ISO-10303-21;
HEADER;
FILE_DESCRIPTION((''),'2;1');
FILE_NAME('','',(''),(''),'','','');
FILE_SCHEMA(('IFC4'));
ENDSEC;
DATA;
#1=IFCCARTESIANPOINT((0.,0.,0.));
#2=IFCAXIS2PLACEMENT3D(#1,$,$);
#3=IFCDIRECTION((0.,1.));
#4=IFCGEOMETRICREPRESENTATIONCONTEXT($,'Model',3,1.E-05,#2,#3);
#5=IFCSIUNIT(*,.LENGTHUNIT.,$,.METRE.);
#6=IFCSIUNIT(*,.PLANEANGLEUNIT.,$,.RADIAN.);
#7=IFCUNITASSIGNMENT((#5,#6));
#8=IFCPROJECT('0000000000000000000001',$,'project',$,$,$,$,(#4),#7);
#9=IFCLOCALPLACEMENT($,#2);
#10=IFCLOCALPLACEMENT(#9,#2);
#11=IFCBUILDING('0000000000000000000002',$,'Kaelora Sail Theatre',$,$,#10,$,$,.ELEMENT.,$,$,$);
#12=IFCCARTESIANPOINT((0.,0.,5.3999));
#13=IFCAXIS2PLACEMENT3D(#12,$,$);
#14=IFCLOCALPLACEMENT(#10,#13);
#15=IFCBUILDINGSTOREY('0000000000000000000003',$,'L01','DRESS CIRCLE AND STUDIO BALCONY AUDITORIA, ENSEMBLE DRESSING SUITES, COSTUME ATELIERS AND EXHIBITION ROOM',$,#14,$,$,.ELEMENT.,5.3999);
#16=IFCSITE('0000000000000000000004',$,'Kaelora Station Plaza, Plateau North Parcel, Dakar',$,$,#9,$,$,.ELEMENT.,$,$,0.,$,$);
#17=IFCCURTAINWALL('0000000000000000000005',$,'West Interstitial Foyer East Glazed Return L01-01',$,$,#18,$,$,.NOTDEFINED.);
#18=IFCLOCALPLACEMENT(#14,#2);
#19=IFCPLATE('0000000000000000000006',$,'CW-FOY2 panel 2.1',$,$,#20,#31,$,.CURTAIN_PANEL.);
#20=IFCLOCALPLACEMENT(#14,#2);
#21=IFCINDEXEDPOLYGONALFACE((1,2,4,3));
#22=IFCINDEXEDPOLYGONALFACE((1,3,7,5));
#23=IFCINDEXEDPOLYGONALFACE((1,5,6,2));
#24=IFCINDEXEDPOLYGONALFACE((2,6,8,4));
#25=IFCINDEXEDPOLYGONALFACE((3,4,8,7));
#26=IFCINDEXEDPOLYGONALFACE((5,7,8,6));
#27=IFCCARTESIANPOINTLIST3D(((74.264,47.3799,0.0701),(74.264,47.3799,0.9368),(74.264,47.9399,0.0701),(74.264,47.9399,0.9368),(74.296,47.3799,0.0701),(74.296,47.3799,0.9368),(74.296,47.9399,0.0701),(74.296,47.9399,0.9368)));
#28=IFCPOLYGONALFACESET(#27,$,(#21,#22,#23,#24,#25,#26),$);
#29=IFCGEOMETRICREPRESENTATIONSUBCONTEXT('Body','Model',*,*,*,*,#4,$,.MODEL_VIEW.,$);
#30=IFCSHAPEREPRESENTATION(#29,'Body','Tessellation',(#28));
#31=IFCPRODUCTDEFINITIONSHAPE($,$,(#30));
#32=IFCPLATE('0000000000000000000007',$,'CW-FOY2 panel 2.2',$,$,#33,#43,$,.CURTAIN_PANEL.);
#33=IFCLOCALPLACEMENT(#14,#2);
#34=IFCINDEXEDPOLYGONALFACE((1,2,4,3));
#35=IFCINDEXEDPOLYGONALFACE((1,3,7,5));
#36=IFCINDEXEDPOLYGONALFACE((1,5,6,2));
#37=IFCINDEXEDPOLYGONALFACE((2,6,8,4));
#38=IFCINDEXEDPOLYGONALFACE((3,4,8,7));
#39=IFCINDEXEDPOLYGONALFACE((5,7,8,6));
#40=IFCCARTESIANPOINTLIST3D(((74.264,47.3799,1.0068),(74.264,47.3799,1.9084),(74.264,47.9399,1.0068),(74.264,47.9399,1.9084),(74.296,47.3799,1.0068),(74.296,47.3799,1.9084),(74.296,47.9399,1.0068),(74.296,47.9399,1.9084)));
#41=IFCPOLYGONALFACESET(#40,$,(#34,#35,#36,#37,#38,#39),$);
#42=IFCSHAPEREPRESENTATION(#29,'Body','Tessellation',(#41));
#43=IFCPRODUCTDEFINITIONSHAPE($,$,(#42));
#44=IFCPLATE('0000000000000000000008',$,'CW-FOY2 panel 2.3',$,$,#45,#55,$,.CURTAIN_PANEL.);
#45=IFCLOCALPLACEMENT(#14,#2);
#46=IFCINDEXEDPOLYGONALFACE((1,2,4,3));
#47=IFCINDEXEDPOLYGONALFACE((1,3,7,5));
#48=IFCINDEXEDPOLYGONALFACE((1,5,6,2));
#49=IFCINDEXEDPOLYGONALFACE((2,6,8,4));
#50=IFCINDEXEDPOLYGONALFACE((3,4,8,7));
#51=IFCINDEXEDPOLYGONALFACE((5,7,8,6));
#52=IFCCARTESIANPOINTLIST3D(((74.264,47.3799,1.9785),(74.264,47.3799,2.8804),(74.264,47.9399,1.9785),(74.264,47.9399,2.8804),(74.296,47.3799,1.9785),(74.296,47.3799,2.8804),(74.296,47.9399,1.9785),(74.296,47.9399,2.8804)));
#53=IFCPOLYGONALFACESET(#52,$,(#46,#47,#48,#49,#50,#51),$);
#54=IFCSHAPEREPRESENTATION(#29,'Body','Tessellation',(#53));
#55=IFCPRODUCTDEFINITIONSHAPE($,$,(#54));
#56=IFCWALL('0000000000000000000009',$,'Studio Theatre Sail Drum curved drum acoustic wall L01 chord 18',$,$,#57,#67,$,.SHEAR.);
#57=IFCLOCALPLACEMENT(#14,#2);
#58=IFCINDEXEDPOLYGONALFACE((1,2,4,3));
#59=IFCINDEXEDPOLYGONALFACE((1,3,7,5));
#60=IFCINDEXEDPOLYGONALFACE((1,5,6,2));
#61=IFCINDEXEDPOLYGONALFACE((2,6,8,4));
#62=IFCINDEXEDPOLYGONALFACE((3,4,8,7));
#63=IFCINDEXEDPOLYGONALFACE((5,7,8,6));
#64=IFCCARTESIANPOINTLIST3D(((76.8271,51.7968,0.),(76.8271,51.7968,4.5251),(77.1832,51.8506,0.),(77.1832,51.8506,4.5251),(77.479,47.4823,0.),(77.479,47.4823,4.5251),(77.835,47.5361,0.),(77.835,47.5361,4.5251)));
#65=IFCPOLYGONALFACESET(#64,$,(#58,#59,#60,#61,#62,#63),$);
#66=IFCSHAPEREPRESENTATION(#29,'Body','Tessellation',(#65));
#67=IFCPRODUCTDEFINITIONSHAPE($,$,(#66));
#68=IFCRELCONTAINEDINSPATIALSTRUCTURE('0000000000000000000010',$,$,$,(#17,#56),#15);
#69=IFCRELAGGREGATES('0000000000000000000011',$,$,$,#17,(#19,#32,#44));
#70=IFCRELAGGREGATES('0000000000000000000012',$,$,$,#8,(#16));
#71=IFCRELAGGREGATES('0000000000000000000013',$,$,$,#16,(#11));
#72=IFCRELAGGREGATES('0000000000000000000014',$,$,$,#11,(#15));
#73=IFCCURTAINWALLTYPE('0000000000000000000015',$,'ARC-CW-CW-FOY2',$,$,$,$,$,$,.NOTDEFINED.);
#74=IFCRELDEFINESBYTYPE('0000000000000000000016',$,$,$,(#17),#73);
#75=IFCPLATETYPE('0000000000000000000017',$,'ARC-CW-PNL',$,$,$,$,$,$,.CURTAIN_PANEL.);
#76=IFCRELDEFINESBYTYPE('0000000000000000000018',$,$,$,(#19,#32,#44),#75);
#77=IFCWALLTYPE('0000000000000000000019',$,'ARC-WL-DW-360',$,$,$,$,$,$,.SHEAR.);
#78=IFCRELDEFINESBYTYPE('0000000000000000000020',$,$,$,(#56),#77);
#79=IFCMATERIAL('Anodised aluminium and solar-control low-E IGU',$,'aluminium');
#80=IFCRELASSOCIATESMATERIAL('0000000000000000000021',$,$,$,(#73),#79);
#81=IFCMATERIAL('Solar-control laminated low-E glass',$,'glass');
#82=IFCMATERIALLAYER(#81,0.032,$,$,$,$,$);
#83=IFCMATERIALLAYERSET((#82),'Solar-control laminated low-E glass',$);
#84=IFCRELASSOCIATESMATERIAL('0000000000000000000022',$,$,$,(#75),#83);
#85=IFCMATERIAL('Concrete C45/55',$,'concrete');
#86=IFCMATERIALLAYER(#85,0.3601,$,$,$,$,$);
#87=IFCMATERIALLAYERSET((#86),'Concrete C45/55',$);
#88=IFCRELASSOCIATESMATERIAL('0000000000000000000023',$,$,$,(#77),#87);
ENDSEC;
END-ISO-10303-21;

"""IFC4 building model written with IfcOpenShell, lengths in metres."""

from ifc_helpers import new_model, si_unit, direction, frame, frame_2d, origin, origin_2d, place, context, subcontext, project, spatial, rectangle, extrude, material, layer, layer_set, type_object, element, aggregate, save


model = new_model("IFC4")

# Units and contexts
model_context = context("Model", 3, precision=1e-05, world=origin(), true_north=direction((0.0, 1.0)))
body_context = subcontext(model_context, "Body", "Model", "MODEL_VIEW")
ifc_project = project(units=[si_unit("LENGTHUNIT", "METRE"), si_unit("PLANEANGLEUNIT", "RADIAN")], contexts=[model_context])

# Site, building, storey
site_placement = place(None, origin())
site = spatial("IfcSite", under=ifc_project, at=site_placement, Name="Kaelora Station Plaza, Plateau North Parcel, Dakar", CompositionType="ELEMENT", RefElevation=0.0)
building_placement = place(site_placement, origin())
building = spatial("IfcBuilding", under=site, at=building_placement, Name="Kaelora Sail Theatre", CompositionType="ELEMENT")
storey_placement = place(building_placement, frame((0.0, 0.0, 5.3999)))
storey = spatial("IfcBuildingStorey", under=building, at=storey_placement, Name="L01", Description="DRESS CIRCLE AND STUDIO BALCONY AUDITORIA, ENSEMBLE DRESSING SUITES, COSTUME ATELIERS AND EXHIBITION ROOM", CompositionType="ELEMENT", Elevation=5.3999)

# Shared definitions
ifc_material_1 = material(Name="Anodised aluminium and solar-control low-E IGU", Category="aluminium")
curtain_wall_type = type_object("IfcCurtainWallType", Name="ARC-CW-CW-FOY2", PredefinedType="NOTDEFINED", material=ifc_material_1)

# Curtain wall
curtain_wall_1_placement = place(storey_placement, origin())
curtain_wall_1 = element("IfcCurtainWall", 1, at=curtain_wall_1_placement, inside=storey, type_object=curtain_wall_type, Name="West Interstitial Foyer East Glazed Return L01-01", PredefinedType="NOTDEFINED")

# Plates
ifc_material_2 = material(Name="Solar-control laminated low-E glass", Category="glass")
ifc_layer_1 = layer(ifc_material_2, 0.032)
ifc_layer_set_1 = layer_set([ifc_layer_1], Name="Solar-control laminated low-E glass")
plate_type = type_object("IfcPlateType", Name="ARC-CW-PNL", PredefinedType="CURTAIN_PANEL", material=ifc_layer_set_1)
plate_1_placement = place(storey_placement, frame((74.28, 47.6599, 0.0701), z_axis=(0.0, 0.0, 1.0), x_axis=(0.0, 1.0, 0.0)))
plate_1 = element("IfcPlate", 2, at=plate_1_placement, type_object=plate_type, Name="CW-FOY2 panel 2.1", PredefinedType="CURTAIN_PANEL", context=body_context, shape_type="SweptSolid", body=[
    extrude(rectangle(XDim=0.5601, YDim=0.032, at=origin_2d()), origin(), (0.0, 0.0, 1.0), 0.8667),
])
plate_2_placement = place(storey_placement, frame((74.28, 47.6599, 1.0068), z_axis=(0.0, 0.0, 1.0), x_axis=(0.0, 1.0, 0.0)))
plate_2 = element("IfcPlate", 3, at=plate_2_placement, type_object=plate_type, Name="CW-FOY2 panel 2.2", PredefinedType="CURTAIN_PANEL", context=body_context, shape_type="SweptSolid", body=[
    extrude(rectangle(XDim=0.5601, YDim=0.032, at=origin_2d()), origin(), (0.0, 0.0, 1.0), 0.9016),
])
plate_3_placement = place(storey_placement, frame((74.28, 47.6599, 1.9785), z_axis=(0.0, 0.0, 1.0), x_axis=(0.0, 1.0, 0.0)))
plate_3 = element("IfcPlate", 4, at=plate_3_placement, type_object=plate_type, Name="CW-FOY2 panel 2.3", PredefinedType="CURTAIN_PANEL", context=body_context, shape_type="SweptSolid", body=[
    extrude(rectangle(XDim=0.5601, YDim=0.032, at=origin_2d()), origin(), (0.0, 0.0, 1.0), 0.9019),
])
aggregate(curtain_wall_1, [plate_1, plate_2, plate_3])

# Wall
ifc_material_3 = material(Name="Concrete C45/55", Category="concrete")
ifc_layer_2 = layer(ifc_material_3, 0.3601)
ifc_layer_set_2 = layer_set([ifc_layer_2], Name="Concrete C45/55")
wall_type = type_object("IfcWallType", Name="ARC-WL-DW-360", PredefinedType="SHEAR", material=ifc_layer_set_2)
wall_placement = place(storey_placement, frame((77.657, 47.5093, 0.0), z_axis=(0.0, 0.0, 1.0), x_axis=(-0.149391, 0.988778, 0.0)))
element("IfcWall", 5, at=wall_placement, inside=storey, type_object=wall_type, Name="Studio Theatre Sail Drum curved drum acoustic wall L01 chord 18", PredefinedType="SHEAR", context=body_context, shape_type="SweptSolid", body=[
    extrude(rectangle(XDim=4.3635, YDim=0.3601, at=frame_2d((2.1816, 0.0))), origin(), (0.0, 0.0, 1.0), 4.5251),
])

save(model, "model.ifc")
